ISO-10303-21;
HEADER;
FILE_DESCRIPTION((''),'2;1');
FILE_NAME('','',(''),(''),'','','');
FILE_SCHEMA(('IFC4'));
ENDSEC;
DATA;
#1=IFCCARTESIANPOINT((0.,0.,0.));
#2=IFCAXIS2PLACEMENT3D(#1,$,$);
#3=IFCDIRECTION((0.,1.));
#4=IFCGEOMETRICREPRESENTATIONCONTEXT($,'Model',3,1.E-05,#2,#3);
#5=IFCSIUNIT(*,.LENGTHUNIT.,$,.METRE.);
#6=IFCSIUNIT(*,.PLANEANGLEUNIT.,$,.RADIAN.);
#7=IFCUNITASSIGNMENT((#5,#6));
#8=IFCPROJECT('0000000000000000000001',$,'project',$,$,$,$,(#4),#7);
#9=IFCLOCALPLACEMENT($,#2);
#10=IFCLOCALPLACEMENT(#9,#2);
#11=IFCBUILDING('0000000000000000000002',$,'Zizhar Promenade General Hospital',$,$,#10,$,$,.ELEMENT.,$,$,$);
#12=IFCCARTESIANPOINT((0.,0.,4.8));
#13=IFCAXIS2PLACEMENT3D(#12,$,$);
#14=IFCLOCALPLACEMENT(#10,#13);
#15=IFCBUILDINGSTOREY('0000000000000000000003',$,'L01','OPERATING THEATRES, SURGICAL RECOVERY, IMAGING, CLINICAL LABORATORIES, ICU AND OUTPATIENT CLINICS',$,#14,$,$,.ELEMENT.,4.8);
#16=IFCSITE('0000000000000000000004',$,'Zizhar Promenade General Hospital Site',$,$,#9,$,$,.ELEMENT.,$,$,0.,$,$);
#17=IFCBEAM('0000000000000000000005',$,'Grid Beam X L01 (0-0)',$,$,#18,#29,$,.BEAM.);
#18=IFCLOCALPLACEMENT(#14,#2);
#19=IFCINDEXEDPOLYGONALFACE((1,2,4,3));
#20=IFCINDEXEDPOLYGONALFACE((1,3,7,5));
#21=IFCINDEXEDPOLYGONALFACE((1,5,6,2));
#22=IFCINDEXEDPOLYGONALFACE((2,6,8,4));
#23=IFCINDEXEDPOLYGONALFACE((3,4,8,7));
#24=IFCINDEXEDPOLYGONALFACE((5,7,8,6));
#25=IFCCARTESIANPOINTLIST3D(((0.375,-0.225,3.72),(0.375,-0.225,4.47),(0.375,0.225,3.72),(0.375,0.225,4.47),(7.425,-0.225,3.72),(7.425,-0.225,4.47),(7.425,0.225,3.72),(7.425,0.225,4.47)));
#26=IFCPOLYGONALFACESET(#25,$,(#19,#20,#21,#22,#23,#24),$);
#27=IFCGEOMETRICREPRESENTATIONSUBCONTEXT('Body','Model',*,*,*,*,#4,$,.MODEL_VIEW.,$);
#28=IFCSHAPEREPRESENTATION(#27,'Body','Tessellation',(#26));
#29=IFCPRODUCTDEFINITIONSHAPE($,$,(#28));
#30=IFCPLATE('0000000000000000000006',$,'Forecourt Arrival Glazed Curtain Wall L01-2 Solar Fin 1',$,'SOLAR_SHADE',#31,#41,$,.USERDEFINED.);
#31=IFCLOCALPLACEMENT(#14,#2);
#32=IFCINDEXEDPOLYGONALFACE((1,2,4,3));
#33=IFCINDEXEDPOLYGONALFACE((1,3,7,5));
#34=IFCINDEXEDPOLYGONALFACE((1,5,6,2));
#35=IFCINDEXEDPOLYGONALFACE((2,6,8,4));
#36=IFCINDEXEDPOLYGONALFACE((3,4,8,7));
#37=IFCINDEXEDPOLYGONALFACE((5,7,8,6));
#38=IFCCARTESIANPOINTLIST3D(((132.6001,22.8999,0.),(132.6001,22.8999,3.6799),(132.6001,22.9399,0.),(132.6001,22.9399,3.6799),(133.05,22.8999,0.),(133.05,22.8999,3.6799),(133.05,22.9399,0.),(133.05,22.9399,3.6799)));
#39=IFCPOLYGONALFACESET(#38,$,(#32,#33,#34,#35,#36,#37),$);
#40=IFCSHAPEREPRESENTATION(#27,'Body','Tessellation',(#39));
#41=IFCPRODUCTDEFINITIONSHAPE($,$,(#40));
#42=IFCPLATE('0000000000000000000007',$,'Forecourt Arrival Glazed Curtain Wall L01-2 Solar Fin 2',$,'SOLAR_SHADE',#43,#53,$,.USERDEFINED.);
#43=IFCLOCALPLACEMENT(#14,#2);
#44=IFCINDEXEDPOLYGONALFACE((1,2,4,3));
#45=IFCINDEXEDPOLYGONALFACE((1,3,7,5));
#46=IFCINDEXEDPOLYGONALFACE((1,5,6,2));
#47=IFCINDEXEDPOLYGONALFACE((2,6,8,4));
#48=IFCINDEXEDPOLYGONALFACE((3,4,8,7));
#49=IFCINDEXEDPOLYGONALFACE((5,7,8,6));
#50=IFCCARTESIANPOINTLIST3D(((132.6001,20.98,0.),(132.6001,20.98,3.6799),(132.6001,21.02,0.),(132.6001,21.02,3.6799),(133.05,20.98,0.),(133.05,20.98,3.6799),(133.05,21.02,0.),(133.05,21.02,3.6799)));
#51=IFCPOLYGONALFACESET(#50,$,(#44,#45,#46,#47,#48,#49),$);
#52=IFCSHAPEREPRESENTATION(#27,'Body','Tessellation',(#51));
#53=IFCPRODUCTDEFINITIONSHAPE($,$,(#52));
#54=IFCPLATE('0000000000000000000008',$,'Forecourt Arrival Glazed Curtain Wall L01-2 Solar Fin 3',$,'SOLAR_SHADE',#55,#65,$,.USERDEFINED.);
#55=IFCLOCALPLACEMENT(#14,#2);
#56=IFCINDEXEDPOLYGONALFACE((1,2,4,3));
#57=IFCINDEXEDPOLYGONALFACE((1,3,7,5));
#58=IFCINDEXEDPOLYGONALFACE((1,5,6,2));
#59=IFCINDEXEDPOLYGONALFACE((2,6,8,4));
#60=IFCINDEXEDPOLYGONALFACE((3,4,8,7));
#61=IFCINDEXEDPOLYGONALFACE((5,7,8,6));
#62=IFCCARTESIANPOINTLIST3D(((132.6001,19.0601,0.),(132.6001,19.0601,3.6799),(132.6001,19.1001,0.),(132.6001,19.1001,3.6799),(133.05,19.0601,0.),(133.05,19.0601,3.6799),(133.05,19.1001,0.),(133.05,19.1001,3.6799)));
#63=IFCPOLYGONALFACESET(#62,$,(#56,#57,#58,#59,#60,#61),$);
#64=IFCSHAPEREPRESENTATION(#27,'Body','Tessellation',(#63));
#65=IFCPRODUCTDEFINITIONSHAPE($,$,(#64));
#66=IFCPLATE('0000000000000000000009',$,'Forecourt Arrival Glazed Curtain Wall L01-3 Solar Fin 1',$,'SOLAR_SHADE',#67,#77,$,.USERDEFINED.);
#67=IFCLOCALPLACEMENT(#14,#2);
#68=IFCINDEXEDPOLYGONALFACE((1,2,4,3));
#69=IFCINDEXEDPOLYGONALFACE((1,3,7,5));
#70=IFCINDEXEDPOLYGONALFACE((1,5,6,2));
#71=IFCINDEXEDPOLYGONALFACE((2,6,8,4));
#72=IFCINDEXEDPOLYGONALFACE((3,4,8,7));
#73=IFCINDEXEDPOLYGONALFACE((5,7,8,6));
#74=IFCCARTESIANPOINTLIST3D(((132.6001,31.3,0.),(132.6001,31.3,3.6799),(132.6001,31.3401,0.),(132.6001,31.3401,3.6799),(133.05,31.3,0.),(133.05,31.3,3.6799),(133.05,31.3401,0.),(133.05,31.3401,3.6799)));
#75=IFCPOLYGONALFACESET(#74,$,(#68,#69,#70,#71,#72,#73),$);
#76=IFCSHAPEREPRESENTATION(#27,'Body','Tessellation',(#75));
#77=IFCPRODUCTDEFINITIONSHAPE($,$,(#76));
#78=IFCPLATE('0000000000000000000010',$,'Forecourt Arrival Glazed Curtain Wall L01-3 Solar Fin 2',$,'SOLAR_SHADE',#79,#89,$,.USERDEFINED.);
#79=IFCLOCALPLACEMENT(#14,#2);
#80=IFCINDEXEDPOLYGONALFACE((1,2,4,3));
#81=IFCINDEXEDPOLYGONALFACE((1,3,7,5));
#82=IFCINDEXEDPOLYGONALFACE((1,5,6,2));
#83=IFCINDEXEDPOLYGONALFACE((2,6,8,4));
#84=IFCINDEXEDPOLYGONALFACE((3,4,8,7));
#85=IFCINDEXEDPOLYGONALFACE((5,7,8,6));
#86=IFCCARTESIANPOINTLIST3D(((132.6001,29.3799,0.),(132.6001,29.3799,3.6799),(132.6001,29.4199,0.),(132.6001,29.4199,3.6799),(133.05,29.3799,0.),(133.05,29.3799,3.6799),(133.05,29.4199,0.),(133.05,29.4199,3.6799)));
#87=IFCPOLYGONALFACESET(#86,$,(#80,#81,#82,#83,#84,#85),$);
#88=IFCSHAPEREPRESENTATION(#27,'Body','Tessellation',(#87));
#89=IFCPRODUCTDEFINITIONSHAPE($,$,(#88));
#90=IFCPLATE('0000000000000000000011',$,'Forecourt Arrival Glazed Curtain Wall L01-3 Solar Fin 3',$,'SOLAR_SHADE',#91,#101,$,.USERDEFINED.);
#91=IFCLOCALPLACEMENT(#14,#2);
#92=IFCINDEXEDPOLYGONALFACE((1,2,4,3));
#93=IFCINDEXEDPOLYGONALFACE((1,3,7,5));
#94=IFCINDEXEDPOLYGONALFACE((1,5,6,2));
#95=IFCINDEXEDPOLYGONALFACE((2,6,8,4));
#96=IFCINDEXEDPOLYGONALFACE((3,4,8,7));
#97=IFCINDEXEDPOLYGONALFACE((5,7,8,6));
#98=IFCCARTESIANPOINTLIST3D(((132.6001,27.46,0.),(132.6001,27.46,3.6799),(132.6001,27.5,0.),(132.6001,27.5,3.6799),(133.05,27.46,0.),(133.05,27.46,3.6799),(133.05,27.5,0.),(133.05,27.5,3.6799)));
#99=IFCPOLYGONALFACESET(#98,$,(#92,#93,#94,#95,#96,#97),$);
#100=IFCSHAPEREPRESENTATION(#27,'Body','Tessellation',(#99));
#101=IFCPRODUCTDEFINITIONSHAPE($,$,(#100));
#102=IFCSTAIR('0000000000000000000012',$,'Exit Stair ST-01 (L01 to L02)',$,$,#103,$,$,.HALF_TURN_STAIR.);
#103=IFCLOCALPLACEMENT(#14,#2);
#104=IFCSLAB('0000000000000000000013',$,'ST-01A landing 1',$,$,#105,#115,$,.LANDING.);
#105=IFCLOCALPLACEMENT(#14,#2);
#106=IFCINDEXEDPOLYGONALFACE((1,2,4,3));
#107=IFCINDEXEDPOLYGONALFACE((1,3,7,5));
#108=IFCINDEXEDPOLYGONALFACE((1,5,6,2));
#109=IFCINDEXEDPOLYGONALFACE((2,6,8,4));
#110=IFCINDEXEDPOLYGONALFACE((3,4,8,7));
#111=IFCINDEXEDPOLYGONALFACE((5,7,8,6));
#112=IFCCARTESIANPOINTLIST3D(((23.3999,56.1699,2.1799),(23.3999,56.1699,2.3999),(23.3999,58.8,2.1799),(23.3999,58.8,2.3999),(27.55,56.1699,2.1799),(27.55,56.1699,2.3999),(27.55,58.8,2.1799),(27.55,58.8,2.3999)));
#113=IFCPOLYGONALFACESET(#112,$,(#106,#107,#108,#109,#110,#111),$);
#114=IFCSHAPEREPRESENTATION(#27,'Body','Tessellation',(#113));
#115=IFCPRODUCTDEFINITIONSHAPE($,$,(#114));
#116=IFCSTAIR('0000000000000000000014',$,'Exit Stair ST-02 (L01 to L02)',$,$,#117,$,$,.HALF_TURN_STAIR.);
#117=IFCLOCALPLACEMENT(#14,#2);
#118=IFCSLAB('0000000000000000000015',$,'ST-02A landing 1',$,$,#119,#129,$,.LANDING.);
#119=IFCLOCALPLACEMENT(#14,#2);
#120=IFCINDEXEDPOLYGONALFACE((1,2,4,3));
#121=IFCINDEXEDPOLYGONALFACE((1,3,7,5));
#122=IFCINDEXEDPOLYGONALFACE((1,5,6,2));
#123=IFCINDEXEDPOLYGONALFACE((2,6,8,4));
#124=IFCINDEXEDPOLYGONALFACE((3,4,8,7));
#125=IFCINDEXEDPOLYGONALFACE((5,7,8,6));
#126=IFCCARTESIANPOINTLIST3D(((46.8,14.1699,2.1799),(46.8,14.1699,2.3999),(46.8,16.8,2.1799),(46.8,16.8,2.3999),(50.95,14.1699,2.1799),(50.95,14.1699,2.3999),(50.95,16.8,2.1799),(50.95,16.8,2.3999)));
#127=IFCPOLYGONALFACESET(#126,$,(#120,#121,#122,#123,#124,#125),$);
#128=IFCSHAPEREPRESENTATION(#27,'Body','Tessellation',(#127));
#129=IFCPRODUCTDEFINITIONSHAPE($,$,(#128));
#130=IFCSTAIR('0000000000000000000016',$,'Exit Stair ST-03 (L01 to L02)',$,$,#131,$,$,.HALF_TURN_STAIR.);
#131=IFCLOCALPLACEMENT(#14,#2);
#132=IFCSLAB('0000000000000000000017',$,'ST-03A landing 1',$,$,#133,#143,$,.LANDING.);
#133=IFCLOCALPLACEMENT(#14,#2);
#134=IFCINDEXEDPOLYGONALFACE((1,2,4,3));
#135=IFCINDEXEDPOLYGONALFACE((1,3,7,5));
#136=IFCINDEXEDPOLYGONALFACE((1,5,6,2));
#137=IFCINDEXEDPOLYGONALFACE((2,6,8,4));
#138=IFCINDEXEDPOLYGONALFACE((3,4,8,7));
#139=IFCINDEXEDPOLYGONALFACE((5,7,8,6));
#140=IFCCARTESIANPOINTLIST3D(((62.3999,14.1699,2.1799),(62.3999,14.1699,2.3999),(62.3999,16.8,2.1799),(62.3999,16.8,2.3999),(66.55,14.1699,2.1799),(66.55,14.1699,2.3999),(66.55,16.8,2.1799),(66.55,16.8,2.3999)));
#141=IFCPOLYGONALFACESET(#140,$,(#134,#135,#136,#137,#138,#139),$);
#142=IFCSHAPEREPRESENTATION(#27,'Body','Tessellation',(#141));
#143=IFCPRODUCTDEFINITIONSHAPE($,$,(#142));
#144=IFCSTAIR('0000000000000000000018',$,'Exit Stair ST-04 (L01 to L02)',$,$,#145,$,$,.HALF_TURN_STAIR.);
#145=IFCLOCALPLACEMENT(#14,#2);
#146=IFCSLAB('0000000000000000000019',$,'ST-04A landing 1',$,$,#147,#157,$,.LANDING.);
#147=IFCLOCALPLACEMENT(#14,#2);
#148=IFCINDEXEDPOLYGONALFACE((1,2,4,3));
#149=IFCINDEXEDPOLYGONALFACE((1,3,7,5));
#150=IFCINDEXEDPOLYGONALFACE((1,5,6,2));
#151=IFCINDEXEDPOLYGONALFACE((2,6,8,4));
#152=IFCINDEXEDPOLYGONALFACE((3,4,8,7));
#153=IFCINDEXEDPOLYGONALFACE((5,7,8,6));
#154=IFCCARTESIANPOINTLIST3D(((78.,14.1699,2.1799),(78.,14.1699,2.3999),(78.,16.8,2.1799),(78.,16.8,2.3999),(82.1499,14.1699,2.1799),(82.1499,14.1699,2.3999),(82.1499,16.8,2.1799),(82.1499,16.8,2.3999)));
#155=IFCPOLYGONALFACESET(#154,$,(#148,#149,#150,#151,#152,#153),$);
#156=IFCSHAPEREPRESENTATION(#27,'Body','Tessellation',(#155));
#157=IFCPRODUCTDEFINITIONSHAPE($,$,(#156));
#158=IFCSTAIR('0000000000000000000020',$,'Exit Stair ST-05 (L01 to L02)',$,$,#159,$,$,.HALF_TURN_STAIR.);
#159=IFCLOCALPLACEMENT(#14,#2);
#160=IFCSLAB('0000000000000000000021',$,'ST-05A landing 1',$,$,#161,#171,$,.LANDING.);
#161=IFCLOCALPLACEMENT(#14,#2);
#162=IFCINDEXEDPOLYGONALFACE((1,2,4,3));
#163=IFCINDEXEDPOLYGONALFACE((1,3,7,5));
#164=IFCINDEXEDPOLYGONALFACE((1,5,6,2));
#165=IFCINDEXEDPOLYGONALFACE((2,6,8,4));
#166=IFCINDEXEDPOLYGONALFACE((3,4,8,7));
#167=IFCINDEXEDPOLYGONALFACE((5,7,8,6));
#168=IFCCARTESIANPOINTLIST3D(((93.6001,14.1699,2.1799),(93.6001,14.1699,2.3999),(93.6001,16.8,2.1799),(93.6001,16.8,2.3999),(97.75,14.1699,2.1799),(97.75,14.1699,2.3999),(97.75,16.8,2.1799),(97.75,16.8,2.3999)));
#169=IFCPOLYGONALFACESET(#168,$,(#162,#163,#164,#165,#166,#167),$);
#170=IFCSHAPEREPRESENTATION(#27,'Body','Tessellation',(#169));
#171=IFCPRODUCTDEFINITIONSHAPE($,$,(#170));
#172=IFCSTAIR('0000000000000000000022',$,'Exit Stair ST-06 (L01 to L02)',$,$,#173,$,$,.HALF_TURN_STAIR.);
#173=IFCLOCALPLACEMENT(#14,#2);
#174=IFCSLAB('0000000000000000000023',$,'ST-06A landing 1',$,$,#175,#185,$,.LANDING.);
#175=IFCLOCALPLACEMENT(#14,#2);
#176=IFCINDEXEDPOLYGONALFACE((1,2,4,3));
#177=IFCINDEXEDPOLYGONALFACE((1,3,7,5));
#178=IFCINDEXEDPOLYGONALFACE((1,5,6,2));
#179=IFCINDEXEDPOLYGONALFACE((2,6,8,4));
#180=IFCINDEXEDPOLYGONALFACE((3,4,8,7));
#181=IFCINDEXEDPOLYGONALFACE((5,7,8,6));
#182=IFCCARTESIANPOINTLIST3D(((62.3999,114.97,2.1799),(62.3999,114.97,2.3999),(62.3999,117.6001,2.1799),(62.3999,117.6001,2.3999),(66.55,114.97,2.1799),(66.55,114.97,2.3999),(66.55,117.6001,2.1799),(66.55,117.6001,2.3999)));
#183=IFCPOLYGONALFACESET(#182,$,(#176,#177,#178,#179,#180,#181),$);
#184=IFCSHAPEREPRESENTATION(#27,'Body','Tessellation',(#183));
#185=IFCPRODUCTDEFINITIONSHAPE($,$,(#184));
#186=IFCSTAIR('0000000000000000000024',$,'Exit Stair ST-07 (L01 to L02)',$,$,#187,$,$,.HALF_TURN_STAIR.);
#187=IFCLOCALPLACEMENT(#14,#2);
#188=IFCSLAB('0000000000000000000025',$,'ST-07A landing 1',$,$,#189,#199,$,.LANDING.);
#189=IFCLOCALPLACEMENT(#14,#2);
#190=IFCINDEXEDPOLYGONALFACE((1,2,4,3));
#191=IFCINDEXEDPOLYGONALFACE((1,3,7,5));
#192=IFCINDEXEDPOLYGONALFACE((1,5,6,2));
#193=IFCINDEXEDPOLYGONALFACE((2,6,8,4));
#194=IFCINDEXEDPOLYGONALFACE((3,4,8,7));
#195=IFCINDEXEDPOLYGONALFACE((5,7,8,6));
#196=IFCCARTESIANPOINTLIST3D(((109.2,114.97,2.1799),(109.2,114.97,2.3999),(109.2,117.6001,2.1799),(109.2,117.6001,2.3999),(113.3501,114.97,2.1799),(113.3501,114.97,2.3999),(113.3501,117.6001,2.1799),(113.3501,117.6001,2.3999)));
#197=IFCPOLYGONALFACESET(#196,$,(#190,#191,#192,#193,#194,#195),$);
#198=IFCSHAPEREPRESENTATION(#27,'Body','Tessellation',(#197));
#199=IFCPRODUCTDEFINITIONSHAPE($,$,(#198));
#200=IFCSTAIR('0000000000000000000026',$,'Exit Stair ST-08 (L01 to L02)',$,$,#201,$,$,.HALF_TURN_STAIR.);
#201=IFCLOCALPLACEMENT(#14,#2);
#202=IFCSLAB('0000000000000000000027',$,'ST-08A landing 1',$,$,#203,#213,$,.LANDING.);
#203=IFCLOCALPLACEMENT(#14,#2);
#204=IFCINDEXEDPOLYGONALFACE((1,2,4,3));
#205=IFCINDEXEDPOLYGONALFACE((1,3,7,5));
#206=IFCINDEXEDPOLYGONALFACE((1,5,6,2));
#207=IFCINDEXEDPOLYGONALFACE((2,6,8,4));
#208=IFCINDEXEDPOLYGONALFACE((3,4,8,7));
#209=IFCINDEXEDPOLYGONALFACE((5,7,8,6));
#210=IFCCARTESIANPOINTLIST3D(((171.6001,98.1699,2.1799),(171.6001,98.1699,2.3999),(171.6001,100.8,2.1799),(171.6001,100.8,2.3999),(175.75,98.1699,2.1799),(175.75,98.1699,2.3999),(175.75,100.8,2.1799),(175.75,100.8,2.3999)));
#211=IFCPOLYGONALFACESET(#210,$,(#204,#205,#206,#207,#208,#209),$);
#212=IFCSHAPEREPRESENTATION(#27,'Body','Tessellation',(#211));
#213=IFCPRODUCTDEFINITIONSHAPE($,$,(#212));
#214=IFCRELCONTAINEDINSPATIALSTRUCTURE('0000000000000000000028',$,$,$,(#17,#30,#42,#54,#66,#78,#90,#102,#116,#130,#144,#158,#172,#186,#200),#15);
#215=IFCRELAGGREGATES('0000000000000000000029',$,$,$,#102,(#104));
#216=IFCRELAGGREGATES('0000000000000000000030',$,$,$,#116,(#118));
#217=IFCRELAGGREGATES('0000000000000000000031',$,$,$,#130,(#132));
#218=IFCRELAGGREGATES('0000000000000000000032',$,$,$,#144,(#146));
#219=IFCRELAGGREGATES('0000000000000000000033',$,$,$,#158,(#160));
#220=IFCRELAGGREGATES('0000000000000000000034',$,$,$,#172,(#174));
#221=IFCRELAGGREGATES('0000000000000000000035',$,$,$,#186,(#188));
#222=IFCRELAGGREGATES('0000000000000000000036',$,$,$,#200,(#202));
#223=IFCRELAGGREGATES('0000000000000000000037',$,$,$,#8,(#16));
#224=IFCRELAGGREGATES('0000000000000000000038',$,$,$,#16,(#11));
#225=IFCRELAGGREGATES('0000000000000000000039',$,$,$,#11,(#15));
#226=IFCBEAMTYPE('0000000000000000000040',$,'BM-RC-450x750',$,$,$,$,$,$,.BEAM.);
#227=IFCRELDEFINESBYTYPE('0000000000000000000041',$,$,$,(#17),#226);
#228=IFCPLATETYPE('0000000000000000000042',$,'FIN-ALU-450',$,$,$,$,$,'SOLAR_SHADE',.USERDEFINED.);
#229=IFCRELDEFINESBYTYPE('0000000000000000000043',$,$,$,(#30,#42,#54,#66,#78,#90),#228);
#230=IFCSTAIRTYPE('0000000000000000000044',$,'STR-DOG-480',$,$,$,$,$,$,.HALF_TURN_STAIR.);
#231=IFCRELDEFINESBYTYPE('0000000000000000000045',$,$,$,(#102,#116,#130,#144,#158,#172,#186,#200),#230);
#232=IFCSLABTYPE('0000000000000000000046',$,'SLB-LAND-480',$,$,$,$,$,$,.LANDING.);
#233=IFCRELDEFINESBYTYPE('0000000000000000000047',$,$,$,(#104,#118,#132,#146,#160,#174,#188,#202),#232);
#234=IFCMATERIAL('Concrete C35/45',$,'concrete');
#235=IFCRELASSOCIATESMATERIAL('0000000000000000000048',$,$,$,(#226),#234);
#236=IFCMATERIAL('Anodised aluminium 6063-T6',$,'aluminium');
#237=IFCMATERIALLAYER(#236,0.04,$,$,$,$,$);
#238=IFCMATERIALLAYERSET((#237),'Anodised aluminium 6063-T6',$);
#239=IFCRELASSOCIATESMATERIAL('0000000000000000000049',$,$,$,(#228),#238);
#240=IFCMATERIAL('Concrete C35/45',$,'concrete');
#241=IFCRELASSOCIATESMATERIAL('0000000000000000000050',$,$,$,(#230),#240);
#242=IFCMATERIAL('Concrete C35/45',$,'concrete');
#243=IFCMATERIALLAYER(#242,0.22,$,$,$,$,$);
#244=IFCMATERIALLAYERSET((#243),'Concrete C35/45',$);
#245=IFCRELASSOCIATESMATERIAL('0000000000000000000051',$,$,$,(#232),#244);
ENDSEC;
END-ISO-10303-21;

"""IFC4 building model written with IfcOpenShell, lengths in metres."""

from ifc_helpers import new_model, si_unit, direction, frame, origin, origin_2d, place, context, subcontext, project, spatial, polyline, rectangle, outline, extrude, material, layer, layer_set, material_profile, profile_set, type_object, element, aggregate, save


model = new_model("IFC4")

# Units and contexts
model_context = context("Model", 3, precision=1e-05, world=origin(), true_north=direction((0.0, 1.0)))
body_context = subcontext(model_context, "Body", "Model", "MODEL_VIEW")
ifc_project = project(units=[si_unit("LENGTHUNIT", "METRE"), si_unit("PLANEANGLEUNIT", "RADIAN")], contexts=[model_context])

# Site, building, storey
site_placement = place(None, origin())
site = spatial("IfcSite", under=ifc_project, at=site_placement, Name="Zizhar Promenade General Hospital Site", CompositionType="ELEMENT", RefElevation=0.0)
building_placement = place(site_placement, origin())
building = spatial("IfcBuilding", under=site, at=building_placement, Name="Zizhar Promenade General Hospital", CompositionType="ELEMENT")
storey_placement = place(building_placement, frame((0.0, 0.0, 4.8)))
storey = spatial("IfcBuildingStorey", under=building, at=storey_placement, Name="L01", Description="OPERATING THEATRES, SURGICAL RECOVERY, IMAGING, CLINICAL LABORATORIES, ICU AND OUTPATIENT CLINICS", CompositionType="ELEMENT", Elevation=4.8)

# Beam
ifc_material_1 = material(Name="Concrete C35/45", Category="concrete")
ifc_material_profile = material_profile(ifc_material_1, rectangle(XDim=0.45, YDim=0.75, at=origin_2d()))
ifc_profile_set = profile_set([ifc_material_profile], Name="Concrete C35/45")
beam_type = type_object("IfcBeamType", Name="BM-RC-450x750", PredefinedType="BEAM", material=ifc_profile_set)
beam_placement = place(storey_placement, frame((0.375, 0.0, 4.095), z_axis=(1.0, 0.0, 0.0), x_axis=(0.0, 1.0, 0.0)))
element("IfcBeam", 1, at=beam_placement, inside=storey, type_object=beam_type, Name="Grid Beam X L01 (0-0)", PredefinedType="BEAM", context=body_context, shape_type="SweptSolid", body=[
    extrude(rectangle(XDim=0.45, YDim=0.75, at=origin_2d()), origin(), (0.0, 0.0, 1.0), 7.05),
])

# Plates
ifc_material_2 = material(Name="Anodised aluminium 6063-T6", Category="aluminium")
ifc_layer_1 = layer(ifc_material_2, 0.04)
ifc_layer_set_1 = layer_set([ifc_layer_1], Name="Anodised aluminium 6063-T6")
plate_type = type_object("IfcPlateType", Name="FIN-ALU-450", ElementType="SOLAR_SHADE", PredefinedType="USERDEFINED", material=ifc_layer_set_1)
plate_1_placement = place(storey_placement, origin())
element("IfcPlate", 2, at=plate_1_placement, inside=storey, type_object=plate_type, Name="Forecourt Arrival Glazed Curtain Wall L01-2 Solar Fin 1", ObjectType="SOLAR_SHADE", PredefinedType="USERDEFINED", context=body_context, shape_type="SweptSolid", body=[
    extrude(outline(polyline([(132.6001, 22.9399), (132.6001, 22.8999), (133.05, 22.8999), (133.05, 22.9399), (132.6001, 22.9399)])), origin(), (0.0, 0.0, 1.0), 3.6799),
])
plate_2_placement = place(storey_placement, origin())
element("IfcPlate", 3, at=plate_2_placement, inside=storey, type_object=plate_type, Name="Forecourt Arrival Glazed Curtain Wall L01-2 Solar Fin 2", ObjectType="SOLAR_SHADE", PredefinedType="USERDEFINED", context=body_context, shape_type="SweptSolid", body=[
    extrude(outline(polyline([(132.6001, 21.02), (132.6001, 20.98), (133.05, 20.98), (133.05, 21.02), (132.6001, 21.02)])), origin(), (0.0, 0.0, 1.0), 3.6799),
])
plate_3_placement = place(storey_placement, origin())
element("IfcPlate", 4, at=plate_3_placement, inside=storey, type_object=plate_type, Name="Forecourt Arrival Glazed Curtain Wall L01-2 Solar Fin 3", ObjectType="SOLAR_SHADE", PredefinedType="USERDEFINED", context=body_context, shape_type="SweptSolid", body=[
    extrude(outline(polyline([(132.6001, 19.1001), (132.6001, 19.0601), (133.05, 19.0601), (133.05, 19.1001), (132.6001, 19.1001)])), origin(), (0.0, 0.0, 1.0), 3.6799),
])
plate_4_placement = place(storey_placement, origin())
element("IfcPlate", 5, at=plate_4_placement, inside=storey, type_object=plate_type, Name="Forecourt Arrival Glazed Curtain Wall L01-3 Solar Fin 1", ObjectType="SOLAR_SHADE", PredefinedType="USERDEFINED", context=body_context, shape_type="SweptSolid", body=[
    extrude(outline(polyline([(132.6001, 31.3401), (132.6001, 31.3), (133.05, 31.3), (133.05, 31.3401), (132.6001, 31.3401)])), origin(), (0.0, 0.0, 1.0), 3.6799),
])
plate_5_placement = place(storey_placement, origin())
element("IfcPlate", 6, at=plate_5_placement, inside=storey, type_object=plate_type, Name="Forecourt Arrival Glazed Curtain Wall L01-3 Solar Fin 2", ObjectType="SOLAR_SHADE", PredefinedType="USERDEFINED", context=body_context, shape_type="SweptSolid", body=[
    extrude(outline(polyline([(132.6001, 29.4199), (132.6001, 29.3799), (133.05, 29.3799), (133.05, 29.4199), (132.6001, 29.4199)])), origin(), (0.0, 0.0, 1.0), 3.6799),
])
plate_6_placement = place(storey_placement, origin())
element("IfcPlate", 7, at=plate_6_placement, inside=storey, type_object=plate_type, Name="Forecourt Arrival Glazed Curtain Wall L01-3 Solar Fin 3", ObjectType="SOLAR_SHADE", PredefinedType="USERDEFINED", context=body_context, shape_type="SweptSolid", body=[
    extrude(outline(polyline([(132.6001, 27.5), (132.6001, 27.46), (133.05, 27.46), (133.05, 27.5), (132.6001, 27.5)])), origin(), (0.0, 0.0, 1.0), 3.6799),
])

# Stairs, slabs
ifc_material_3 = material(Name="Concrete C35/45", Category="concrete")
stair_type = type_object("IfcStairType", Name="STR-DOG-480", PredefinedType="HALF_TURN_STAIR", material=ifc_material_3)
stair_1_placement = place(storey_placement, origin())
stair_1 = element("IfcStair", 8, at=stair_1_placement, inside=storey, type_object=stair_type, Name="Exit Stair ST-01 (L01 to L02)", PredefinedType="HALF_TURN_STAIR")
ifc_material_4 = material(Name="Concrete C35/45", Category="concrete")
ifc_layer_2 = layer(ifc_material_4, 0.22)
ifc_layer_set_2 = layer_set([ifc_layer_2], Name="Concrete C35/45")
slab_type = type_object("IfcSlabType", Name="SLB-LAND-480", PredefinedType="LANDING", material=ifc_layer_set_2)
slab_1_placement = place(storey_placement, frame((0.0, 0.0, 2.1799)))
slab_1 = element("IfcSlab", 9, at=slab_1_placement, type_object=slab_type, Name="ST-01A landing 1", PredefinedType="LANDING", context=body_context, shape_type="SweptSolid", body=[
    extrude(outline(polyline([(23.3999, 56.1699), (27.55, 56.1699), (27.55, 58.8), (23.3999, 58.8), (23.3999, 56.1699)])), origin(), (0.0, 0.0, 1.0), 0.22),
])
aggregate(stair_1, [slab_1])
stair_2_placement = place(storey_placement, origin())
stair_2 = element("IfcStair", 10, at=stair_2_placement, inside=storey, type_object=stair_type, Name="Exit Stair ST-02 (L01 to L02)", PredefinedType="HALF_TURN_STAIR")
slab_2_placement = place(storey_placement, frame((0.0, 0.0, 2.1799)))
slab_2 = element("IfcSlab", 11, at=slab_2_placement, type_object=slab_type, Name="ST-02A landing 1", PredefinedType="LANDING", context=body_context, shape_type="SweptSolid", body=[
    extrude(outline(polyline([(46.8, 14.1699), (50.95, 14.1699), (50.95, 16.8), (46.8, 16.8), (46.8, 14.1699)])), origin(), (0.0, 0.0, 1.0), 0.22),
])
aggregate(stair_2, [slab_2])
stair_3_placement = place(storey_placement, origin())
stair_3 = element("IfcStair", 12, at=stair_3_placement, inside=storey, type_object=stair_type, Name="Exit Stair ST-03 (L01 to L02)", PredefinedType="HALF_TURN_STAIR")
slab_3_placement = place(storey_placement, frame((0.0, 0.0, 2.1799)))
slab_3 = element("IfcSlab", 13, at=slab_3_placement, type_object=slab_type, Name="ST-03A landing 1", PredefinedType="LANDING", context=body_context, shape_type="SweptSolid", body=[
    extrude(outline(polyline([(62.3999, 14.1699), (66.55, 14.1699), (66.55, 16.8), (62.3999, 16.8), (62.3999, 14.1699)])), origin(), (0.0, 0.0, 1.0), 0.22),
])
aggregate(stair_3, [slab_3])
stair_4_placement = place(storey_placement, origin())
stair_4 = element("IfcStair", 14, at=stair_4_placement, inside=storey, type_object=stair_type, Name="Exit Stair ST-04 (L01 to L02)", PredefinedType="HALF_TURN_STAIR")
slab_4_placement = place(storey_placement, frame((0.0, 0.0, 2.1799)))
slab_4 = element("IfcSlab", 15, at=slab_4_placement, type_object=slab_type, Name="ST-04A landing 1", PredefinedType="LANDING", context=body_context, shape_type="SweptSolid", body=[
    extrude(outline(polyline([(78.0, 14.1699), (82.1499, 14.1699), (82.1499, 16.8), (78.0, 16.8), (78.0, 14.1699)])), origin(), (0.0, 0.0, 1.0), 0.22),
])
aggregate(stair_4, [slab_4])
stair_5_placement = place(storey_placement, origin())
stair_5 = element("IfcStair", 16, at=stair_5_placement, inside=storey, type_object=stair_type, Name="Exit Stair ST-05 (L01 to L02)", PredefinedType="HALF_TURN_STAIR")
slab_5_placement = place(storey_placement, frame((0.0, 0.0, 2.1799)))
slab_5 = element("IfcSlab", 17, at=slab_5_placement, type_object=slab_type, Name="ST-05A landing 1", PredefinedType="LANDING", context=body_context, shape_type="SweptSolid", body=[
    extrude(outline(polyline([(93.6001, 14.1699), (97.75, 14.1699), (97.75, 16.8), (93.6001, 16.8), (93.6001, 14.1699)])), origin(), (0.0, 0.0, 1.0), 0.22),
])
aggregate(stair_5, [slab_5])
stair_6_placement = place(storey_placement, origin())
stair_6 = element("IfcStair", 18, at=stair_6_placement, inside=storey, type_object=stair_type, Name="Exit Stair ST-06 (L01 to L02)", PredefinedType="HALF_TURN_STAIR")
slab_6_placement = place(storey_placement, frame((0.0, 0.0, 2.1799)))
slab_6 = element("IfcSlab", 19, at=slab_6_placement, type_object=slab_type, Name="ST-06A landing 1", PredefinedType="LANDING", context=body_context, shape_type="SweptSolid", body=[
    extrude(outline(polyline([(62.3999, 114.97), (66.55, 114.97), (66.55, 117.6001), (62.3999, 117.6001), (62.3999, 114.97)])), origin(), (0.0, 0.0, 1.0), 0.22),
])
aggregate(stair_6, [slab_6])
stair_7_placement = place(storey_placement, origin())
stair_7 = element("IfcStair", 20, at=stair_7_placement, inside=storey, type_object=stair_type, Name="Exit Stair ST-07 (L01 to L02)", PredefinedType="HALF_TURN_STAIR")
slab_7_placement = place(storey_placement, frame((0.0, 0.0, 2.1799)))
slab_7 = element("IfcSlab", 21, at=slab_7_placement, type_object=slab_type, Name="ST-07A landing 1", PredefinedType="LANDING", context=body_context, shape_type="SweptSolid", body=[
    extrude(outline(polyline([(109.2, 114.97), (113.3501, 114.97), (113.3501, 117.6001), (109.2, 117.6001), (109.2, 114.97)])), origin(), (0.0, 0.0, 1.0), 0.22),
])
aggregate(stair_7, [slab_7])
stair_8_placement = place(storey_placement, origin())
stair_8 = element("IfcStair", 22, at=stair_8_placement, inside=storey, type_object=stair_type, Name="Exit Stair ST-08 (L01 to L02)", PredefinedType="HALF_TURN_STAIR")
slab_8_placement = place(storey_placement, frame((0.0, 0.0, 2.1799)))
slab_8 = element("IfcSlab", 23, at=slab_8_placement, type_object=slab_type, Name="ST-08A landing 1", PredefinedType="LANDING", context=body_context, shape_type="SweptSolid", body=[
    extrude(outline(polyline([(171.6001, 98.1699), (175.75, 98.1699), (175.75, 100.8), (171.6001, 100.8), (171.6001, 98.1699)])), origin(), (0.0, 0.0, 1.0), 0.22),
])
aggregate(stair_8, [slab_8])

save(model, "model.ifc")
